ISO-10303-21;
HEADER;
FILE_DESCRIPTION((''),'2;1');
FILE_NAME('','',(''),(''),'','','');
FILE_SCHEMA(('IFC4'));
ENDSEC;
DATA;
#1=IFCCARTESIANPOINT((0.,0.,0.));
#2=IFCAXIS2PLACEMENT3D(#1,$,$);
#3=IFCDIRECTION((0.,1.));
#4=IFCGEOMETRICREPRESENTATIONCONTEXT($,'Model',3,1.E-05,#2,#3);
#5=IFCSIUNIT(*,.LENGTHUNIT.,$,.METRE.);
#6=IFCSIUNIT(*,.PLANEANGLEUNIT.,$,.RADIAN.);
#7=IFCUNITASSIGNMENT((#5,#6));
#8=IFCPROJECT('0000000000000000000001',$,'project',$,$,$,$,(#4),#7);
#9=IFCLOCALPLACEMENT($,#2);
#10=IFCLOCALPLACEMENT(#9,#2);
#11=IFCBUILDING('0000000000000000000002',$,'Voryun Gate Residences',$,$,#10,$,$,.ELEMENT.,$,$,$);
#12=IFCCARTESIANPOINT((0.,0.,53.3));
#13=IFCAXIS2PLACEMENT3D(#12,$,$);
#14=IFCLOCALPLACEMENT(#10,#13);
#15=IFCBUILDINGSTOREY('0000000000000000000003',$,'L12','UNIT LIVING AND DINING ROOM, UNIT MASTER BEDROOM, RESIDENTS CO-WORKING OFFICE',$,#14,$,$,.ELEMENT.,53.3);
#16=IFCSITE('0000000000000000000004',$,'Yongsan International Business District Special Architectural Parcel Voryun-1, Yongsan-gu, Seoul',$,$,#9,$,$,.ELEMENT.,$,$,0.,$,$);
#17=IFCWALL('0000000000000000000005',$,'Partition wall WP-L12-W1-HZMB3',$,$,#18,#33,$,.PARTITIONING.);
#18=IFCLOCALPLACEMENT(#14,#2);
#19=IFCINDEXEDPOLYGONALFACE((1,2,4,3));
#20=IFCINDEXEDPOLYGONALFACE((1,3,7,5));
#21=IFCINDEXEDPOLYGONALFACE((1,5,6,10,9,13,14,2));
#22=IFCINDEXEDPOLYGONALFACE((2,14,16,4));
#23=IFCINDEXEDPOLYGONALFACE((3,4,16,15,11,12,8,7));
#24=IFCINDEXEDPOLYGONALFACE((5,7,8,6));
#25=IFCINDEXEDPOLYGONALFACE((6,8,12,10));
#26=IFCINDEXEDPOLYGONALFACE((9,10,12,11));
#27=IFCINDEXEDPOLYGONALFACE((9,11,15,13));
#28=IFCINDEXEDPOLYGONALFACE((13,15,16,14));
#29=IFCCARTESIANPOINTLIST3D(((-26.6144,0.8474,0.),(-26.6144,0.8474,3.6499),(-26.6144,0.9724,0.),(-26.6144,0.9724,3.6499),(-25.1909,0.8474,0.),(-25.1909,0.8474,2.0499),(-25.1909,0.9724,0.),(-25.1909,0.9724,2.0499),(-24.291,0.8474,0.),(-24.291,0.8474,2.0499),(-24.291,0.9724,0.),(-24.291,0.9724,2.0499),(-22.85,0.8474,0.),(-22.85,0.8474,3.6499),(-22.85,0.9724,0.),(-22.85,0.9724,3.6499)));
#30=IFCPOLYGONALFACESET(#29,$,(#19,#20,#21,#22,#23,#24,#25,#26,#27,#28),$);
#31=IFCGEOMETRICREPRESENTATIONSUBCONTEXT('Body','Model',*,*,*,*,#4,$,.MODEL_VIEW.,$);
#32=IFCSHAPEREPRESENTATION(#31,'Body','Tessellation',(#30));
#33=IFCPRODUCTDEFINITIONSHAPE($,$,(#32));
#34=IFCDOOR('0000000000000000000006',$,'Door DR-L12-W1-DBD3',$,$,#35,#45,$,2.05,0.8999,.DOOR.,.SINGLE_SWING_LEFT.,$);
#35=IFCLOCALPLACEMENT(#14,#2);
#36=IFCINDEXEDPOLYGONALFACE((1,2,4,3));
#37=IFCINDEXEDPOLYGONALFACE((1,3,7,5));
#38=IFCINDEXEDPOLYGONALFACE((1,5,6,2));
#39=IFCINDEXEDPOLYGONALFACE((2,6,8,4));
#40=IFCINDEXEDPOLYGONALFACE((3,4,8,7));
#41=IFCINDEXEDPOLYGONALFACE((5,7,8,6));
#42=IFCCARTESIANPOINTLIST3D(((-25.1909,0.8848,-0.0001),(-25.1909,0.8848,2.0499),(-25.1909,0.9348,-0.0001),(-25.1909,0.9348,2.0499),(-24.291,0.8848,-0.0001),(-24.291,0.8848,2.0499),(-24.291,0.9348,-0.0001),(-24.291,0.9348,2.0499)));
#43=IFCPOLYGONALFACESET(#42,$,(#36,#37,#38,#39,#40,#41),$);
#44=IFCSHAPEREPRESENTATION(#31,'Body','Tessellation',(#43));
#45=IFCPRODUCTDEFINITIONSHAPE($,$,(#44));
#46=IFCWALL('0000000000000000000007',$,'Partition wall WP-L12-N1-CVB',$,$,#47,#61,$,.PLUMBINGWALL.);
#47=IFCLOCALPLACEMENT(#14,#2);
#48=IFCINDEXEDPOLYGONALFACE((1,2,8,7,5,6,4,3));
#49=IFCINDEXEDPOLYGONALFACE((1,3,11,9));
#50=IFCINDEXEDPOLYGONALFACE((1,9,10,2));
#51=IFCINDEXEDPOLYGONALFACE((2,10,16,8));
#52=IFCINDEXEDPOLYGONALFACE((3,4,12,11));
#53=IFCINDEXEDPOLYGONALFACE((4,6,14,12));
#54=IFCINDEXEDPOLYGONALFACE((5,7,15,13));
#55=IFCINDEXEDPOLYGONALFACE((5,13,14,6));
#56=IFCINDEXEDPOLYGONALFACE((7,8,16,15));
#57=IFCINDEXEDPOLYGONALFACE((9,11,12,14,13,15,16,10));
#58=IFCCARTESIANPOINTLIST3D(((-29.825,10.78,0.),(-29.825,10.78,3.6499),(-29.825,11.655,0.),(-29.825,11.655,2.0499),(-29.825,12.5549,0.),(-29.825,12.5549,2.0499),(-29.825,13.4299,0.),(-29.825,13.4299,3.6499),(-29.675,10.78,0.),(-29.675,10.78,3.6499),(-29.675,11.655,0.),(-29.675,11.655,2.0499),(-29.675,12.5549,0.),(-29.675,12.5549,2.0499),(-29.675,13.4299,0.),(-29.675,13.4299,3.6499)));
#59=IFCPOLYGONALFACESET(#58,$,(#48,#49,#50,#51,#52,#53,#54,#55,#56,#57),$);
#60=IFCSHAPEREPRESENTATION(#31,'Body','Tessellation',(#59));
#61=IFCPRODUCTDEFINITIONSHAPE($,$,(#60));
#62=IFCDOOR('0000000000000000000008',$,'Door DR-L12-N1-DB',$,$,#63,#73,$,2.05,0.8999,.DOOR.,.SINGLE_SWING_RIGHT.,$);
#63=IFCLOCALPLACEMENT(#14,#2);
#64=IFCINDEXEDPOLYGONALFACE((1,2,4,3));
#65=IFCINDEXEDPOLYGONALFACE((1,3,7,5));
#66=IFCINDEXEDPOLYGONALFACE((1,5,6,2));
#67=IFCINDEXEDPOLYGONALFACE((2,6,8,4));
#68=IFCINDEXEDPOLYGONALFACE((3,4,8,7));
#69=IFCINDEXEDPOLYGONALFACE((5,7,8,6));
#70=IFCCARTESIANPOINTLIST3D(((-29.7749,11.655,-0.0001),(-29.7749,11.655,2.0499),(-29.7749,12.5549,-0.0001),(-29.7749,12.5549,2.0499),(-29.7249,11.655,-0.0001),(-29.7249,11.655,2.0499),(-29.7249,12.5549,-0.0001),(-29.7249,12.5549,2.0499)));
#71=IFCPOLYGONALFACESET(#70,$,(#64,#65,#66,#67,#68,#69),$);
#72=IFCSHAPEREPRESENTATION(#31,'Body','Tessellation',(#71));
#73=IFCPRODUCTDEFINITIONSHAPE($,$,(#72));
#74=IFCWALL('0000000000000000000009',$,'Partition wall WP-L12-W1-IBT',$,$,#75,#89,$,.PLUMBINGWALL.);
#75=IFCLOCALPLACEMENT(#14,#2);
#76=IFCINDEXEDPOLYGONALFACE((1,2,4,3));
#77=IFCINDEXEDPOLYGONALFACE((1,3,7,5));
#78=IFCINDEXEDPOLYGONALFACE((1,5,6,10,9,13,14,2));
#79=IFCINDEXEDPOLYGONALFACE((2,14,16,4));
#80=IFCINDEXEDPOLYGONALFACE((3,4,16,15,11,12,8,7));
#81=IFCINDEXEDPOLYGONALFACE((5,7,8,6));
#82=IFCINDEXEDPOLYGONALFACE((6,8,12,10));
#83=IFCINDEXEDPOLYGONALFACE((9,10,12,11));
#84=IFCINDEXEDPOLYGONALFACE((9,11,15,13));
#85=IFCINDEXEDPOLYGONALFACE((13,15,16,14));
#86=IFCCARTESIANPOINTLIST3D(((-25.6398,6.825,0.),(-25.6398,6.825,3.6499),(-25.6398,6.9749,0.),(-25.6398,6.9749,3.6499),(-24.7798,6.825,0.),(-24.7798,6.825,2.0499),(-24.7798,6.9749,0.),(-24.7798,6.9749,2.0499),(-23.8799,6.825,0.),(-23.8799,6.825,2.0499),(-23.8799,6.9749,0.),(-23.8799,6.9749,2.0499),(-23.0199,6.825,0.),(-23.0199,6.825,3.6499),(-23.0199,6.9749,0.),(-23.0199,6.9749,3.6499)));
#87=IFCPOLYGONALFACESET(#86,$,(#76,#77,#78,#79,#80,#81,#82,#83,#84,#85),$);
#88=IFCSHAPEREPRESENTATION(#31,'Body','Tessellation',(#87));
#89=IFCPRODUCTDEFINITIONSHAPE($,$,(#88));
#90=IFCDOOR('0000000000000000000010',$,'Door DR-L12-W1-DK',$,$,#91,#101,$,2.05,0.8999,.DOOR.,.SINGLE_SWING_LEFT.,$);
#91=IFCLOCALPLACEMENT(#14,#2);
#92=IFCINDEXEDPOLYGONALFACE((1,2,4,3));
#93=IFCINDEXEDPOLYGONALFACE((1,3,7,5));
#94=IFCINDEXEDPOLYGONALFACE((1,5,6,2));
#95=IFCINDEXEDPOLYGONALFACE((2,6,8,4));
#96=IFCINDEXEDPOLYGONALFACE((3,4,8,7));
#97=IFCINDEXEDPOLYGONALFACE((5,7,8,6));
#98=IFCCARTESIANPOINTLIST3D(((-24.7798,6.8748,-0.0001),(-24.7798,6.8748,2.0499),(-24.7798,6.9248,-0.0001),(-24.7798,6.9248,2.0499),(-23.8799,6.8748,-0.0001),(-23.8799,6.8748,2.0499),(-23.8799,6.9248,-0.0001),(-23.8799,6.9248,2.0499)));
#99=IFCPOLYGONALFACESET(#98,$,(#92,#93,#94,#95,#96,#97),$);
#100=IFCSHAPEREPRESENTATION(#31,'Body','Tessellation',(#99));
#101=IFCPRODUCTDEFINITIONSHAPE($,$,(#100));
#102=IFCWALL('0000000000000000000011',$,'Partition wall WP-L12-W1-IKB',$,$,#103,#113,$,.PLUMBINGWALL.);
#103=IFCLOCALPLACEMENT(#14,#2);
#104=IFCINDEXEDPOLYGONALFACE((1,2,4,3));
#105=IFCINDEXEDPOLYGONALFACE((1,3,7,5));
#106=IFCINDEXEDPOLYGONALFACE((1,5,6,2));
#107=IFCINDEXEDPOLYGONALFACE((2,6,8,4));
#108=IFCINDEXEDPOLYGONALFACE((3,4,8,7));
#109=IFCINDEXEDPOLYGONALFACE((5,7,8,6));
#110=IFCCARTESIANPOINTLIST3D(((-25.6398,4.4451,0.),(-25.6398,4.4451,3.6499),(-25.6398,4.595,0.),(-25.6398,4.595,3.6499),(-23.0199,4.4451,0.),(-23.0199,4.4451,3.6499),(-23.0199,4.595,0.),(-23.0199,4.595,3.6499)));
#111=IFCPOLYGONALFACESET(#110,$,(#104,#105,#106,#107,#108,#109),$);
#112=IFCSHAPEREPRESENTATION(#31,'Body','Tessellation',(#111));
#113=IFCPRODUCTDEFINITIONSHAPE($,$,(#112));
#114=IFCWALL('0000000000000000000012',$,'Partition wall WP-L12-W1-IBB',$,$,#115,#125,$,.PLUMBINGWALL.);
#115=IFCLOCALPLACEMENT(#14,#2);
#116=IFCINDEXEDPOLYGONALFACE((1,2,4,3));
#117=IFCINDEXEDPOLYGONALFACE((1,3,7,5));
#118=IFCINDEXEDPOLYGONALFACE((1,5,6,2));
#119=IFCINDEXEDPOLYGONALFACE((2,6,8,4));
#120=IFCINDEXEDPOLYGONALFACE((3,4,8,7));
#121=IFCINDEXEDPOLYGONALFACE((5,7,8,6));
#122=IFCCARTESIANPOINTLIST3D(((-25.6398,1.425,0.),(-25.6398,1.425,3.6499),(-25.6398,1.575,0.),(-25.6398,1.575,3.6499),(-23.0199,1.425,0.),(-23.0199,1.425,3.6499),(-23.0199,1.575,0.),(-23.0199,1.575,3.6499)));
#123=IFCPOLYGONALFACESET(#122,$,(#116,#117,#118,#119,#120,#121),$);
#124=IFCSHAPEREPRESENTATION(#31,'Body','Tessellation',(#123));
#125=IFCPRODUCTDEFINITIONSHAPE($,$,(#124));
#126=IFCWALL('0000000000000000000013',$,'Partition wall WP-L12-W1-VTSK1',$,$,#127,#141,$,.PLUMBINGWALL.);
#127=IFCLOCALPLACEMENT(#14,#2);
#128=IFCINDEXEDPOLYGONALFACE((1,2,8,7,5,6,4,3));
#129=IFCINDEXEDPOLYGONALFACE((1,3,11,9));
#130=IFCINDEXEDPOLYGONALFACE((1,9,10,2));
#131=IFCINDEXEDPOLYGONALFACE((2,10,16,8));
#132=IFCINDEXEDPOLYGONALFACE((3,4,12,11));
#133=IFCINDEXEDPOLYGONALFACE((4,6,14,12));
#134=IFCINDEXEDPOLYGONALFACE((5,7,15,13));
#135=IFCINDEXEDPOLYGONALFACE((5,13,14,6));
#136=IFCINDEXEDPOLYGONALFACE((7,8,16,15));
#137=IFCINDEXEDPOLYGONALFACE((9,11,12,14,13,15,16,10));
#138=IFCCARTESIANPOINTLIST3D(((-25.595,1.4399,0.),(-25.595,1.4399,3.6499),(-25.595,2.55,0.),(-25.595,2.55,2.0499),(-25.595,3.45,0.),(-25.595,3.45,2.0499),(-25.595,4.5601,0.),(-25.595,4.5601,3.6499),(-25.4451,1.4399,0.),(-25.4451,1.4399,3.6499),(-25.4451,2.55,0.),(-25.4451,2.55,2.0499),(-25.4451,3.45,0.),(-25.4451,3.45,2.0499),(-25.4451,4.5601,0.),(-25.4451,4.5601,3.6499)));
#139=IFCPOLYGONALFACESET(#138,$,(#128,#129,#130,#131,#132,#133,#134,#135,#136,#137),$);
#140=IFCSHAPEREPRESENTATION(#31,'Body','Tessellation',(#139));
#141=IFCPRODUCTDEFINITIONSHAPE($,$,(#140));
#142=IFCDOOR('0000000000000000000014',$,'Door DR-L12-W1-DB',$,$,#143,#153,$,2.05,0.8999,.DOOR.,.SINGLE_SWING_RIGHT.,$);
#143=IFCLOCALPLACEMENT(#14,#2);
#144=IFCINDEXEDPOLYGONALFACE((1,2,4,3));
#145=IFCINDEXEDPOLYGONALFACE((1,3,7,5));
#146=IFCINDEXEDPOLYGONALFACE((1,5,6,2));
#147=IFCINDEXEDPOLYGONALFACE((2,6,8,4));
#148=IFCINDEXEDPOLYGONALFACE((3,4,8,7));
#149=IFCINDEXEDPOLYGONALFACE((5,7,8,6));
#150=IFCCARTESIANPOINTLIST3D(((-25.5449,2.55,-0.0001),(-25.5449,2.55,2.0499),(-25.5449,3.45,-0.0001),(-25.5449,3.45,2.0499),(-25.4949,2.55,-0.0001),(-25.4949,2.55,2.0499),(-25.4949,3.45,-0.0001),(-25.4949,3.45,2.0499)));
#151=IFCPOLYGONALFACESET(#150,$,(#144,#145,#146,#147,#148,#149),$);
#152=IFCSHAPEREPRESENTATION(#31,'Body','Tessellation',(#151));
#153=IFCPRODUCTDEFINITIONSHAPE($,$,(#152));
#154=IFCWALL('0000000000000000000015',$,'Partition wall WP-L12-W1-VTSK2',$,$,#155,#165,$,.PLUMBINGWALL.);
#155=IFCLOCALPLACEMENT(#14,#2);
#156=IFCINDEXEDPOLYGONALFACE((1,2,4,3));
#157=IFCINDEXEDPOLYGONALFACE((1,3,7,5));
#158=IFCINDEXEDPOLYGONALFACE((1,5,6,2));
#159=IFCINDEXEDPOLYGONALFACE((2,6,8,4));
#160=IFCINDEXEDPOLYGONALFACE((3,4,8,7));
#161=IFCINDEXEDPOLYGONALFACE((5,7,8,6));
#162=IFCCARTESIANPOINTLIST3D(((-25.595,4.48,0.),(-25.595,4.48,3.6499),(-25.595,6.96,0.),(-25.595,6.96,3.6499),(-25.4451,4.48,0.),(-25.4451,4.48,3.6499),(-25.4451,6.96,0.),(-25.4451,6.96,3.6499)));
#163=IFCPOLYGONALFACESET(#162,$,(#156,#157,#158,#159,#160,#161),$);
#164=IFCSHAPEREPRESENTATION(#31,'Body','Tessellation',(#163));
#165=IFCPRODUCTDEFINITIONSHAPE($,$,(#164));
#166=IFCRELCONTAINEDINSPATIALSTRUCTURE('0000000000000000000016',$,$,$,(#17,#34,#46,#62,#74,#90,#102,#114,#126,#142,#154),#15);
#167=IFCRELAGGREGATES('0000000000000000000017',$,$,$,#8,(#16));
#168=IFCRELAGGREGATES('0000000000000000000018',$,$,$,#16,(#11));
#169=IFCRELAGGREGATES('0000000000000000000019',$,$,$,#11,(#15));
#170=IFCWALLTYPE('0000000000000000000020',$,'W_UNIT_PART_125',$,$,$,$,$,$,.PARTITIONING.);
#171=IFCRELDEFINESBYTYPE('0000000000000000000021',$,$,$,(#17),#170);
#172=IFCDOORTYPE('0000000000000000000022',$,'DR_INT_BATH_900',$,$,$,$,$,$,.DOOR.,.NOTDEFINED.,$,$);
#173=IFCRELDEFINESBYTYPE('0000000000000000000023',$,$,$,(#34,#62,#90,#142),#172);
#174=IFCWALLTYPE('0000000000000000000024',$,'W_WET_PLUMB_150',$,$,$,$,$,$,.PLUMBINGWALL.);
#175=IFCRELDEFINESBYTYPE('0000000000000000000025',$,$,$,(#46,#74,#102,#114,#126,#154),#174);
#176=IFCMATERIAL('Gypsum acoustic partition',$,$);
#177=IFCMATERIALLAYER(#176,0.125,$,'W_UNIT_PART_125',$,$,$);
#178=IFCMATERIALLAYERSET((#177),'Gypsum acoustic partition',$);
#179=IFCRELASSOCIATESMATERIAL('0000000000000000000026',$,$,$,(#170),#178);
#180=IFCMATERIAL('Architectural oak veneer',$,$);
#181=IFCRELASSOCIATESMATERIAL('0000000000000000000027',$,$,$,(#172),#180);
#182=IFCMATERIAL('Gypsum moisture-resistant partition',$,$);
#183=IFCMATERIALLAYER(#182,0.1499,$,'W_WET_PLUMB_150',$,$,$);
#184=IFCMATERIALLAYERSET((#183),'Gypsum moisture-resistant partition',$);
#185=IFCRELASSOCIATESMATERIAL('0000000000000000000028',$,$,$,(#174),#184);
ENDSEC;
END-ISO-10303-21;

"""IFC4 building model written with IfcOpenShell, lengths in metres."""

from ifc_helpers import new_model, si_unit, direction, frame, frame_2d, origin, place, context, subcontext, project, spatial, rectangle, extrude, material, layer, layer_set, type_object, element, fill, save


model = new_model("IFC4")

# Units and contexts
model_context = context("Model", 3, precision=1e-05, world=origin(), true_north=direction((0.0, 1.0)))
body_context = subcontext(model_context, "Body", "Model", "MODEL_VIEW")
ifc_project = project(units=[si_unit("LENGTHUNIT", "METRE"), si_unit("PLANEANGLEUNIT", "RADIAN")], contexts=[model_context])

# Site, building, storey
site_placement = place(None, origin())
site = spatial("IfcSite", under=ifc_project, at=site_placement, Name="Yongsan International Business District Special Architectural Parcel Voryun-1, Yongsan-gu, Seoul", CompositionType="ELEMENT", RefElevation=0.0)
building_placement = place(site_placement, origin())
building = spatial("IfcBuilding", under=site, at=building_placement, Name="Voryun Gate Residences", CompositionType="ELEMENT")
storey_placement = place(building_placement, frame((0.0, 0.0, 53.3)))
storey = spatial("IfcBuildingStorey", under=building, at=storey_placement, Name="L12", Description="UNIT LIVING AND DINING ROOM, UNIT MASTER BEDROOM, RESIDENTS CO-WORKING OFFICE", CompositionType="ELEMENT", Elevation=53.3)

# Walls, openings, doors
ifc_material_1 = material(Name="Gypsum acoustic partition")
ifc_layer_1 = layer(ifc_material_1, 0.125, Name="W_UNIT_PART_125")
ifc_layer_set_1 = layer_set([ifc_layer_1], Name="Gypsum acoustic partition")
wall_type_1 = type_object("IfcWallType", Name="W_UNIT_PART_125", PredefinedType="PARTITIONING", material=ifc_layer_set_1)
ifc_material_2 = material(Name="Architectural oak veneer")
door_type_1 = type_object("IfcDoorType", Name="DR_INT_BATH_900", OperationType="NOTDEFINED", PredefinedType="DOOR", material=ifc_material_2)
wall_1_placement = place(storey_placement, frame((-26.6145, 0.9099, 0.0), z_axis=(0.0, 0.0, 1.0), x_axis=(1.0, 0.0, 0.0)))
wall_1 = element("IfcWall", 1, at=wall_1_placement, inside=storey, type_object=wall_type_1, Name="Partition wall WP-L12-W1-HZMB3", PredefinedType="PARTITIONING", context=body_context, shape_type="SweptSolid", body=[
    extrude(rectangle(XDim=3.7644, YDim=0.125, at=frame_2d((1.8823, 0.0))), origin(), (0.0, 0.0, 1.0), 3.6499),
])
opening_1_placement = place(wall_1_placement, frame((1.4236, 0.0, 0.0)))
opening_1 = element("IfcOpeningElement", 2, at=opening_1_placement, cuts=wall_1, PredefinedType="OPENING", context=body_context, shape_type="SweptSolid", body=[
    extrude(rectangle(XDim=0.8999, YDim=2.05, at=frame_2d((0.45, 1.0249))), frame((0.0, 0.0725, 0.0), z_axis=(0.0, -1.0, 0.0), x_axis=(1.0, 0.0, 0.0)), (0.0, 0.0, 1.0), 0.145),
])
door_1_placement = place(opening_1_placement, origin())
door_1 = element("IfcDoor", 3, at=door_1_placement, inside=storey, type_object=door_type_1, Name="Door DR-L12-W1-DBD3", OperationType="SINGLE_SWING_LEFT", OverallHeight=2.05, OverallWidth=0.8999, PredefinedType="DOOR", context=body_context, shape_type="SweptSolid", body=[
    extrude(rectangle(XDim=0.8999, YDim=2.05, at=frame_2d((0.45, 1.0249))), frame((0.0, 0.0249, 0.0), z_axis=(0.0, -1.0, 0.0), x_axis=(1.0, 0.0, 0.0)), (0.0, 0.0, 1.0), 0.05),
])
fill(opening_1, door_1)
ifc_material_3 = material(Name="Gypsum moisture-resistant partition")
ifc_layer_2 = layer(ifc_material_3, 0.1499, Name="W_WET_PLUMB_150")
ifc_layer_set_2 = layer_set([ifc_layer_2], Name="Gypsum moisture-resistant partition")
wall_type_2 = type_object("IfcWallType", Name="W_WET_PLUMB_150", PredefinedType="PLUMBINGWALL", material=ifc_layer_set_2)
wall_2_placement = place(storey_placement, frame((-29.75, 10.78, 0.0), z_axis=(0.0, 0.0, 1.0), x_axis=(0.0, 1.0, 0.0)))
wall_2 = element("IfcWall", 4, at=wall_2_placement, inside=storey, type_object=wall_type_2, Name="Partition wall WP-L12-N1-CVB", PredefinedType="PLUMBINGWALL", context=body_context, shape_type="SweptSolid", body=[
    extrude(rectangle(XDim=2.6499, YDim=0.1499, at=frame_2d((1.325, 0.0))), origin(), (0.0, 0.0, 1.0), 3.6499),
])
opening_2_placement = place(wall_2_placement, frame((0.875, 0.0, 0.0)))
opening_2 = element("IfcOpeningElement", 5, at=opening_2_placement, cuts=wall_2, PredefinedType="OPENING", context=body_context, shape_type="SweptSolid", body=[
    extrude(rectangle(XDim=0.8999, YDim=2.05, at=frame_2d((0.45, 1.0249))), frame((0.0, 0.085, 0.0), z_axis=(0.0, -1.0, 0.0), x_axis=(1.0, 0.0, 0.0)), (0.0, 0.0, 1.0), 0.1699),
])
door_2_placement = place(opening_2_placement, origin())
door_2 = element("IfcDoor", 6, at=door_2_placement, inside=storey, type_object=door_type_1, Name="Door DR-L12-N1-DB", OperationType="SINGLE_SWING_RIGHT", OverallHeight=2.05, OverallWidth=0.8999, PredefinedType="DOOR", context=body_context, shape_type="SweptSolid", body=[
    extrude(rectangle(XDim=0.8999, YDim=2.05, at=frame_2d((0.45, 1.0249))), frame((0.0, 0.0249, 0.0), z_axis=(0.0, -1.0, 0.0), x_axis=(1.0, 0.0, 0.0)), (0.0, 0.0, 1.0), 0.05),
])
fill(opening_2, door_2)
wall_3_placement = place(storey_placement, frame((-25.6399, 6.8999, 0.0), z_axis=(0.0, 0.0, 1.0), x_axis=(1.0, 0.0, 0.0)))
wall_3 = element("IfcWall", 7, at=wall_3_placement, inside=storey, type_object=wall_type_2, Name="Partition wall WP-L12-W1-IBT", PredefinedType="PLUMBINGWALL", context=body_context, shape_type="SweptSolid", body=[
    extrude(rectangle(XDim=2.6199, YDim=0.1499, at=frame_2d((1.3101, 0.0))), origin(), (0.0, 0.0, 1.0), 3.6499),
])
opening_3_placement = place(wall_3_placement, frame((0.8601, 0.0, 0.0)))
opening_3 = element("IfcOpeningElement", 8, at=opening_3_placement, cuts=wall_3, PredefinedType="OPENING", context=body_context, shape_type="SweptSolid", body=[
    extrude(rectangle(XDim=0.8999, YDim=2.05, at=frame_2d((0.45, 1.0249))), frame((0.0, 0.085, 0.0), z_axis=(0.0, -1.0, 0.0), x_axis=(1.0, 0.0, 0.0)), (0.0, 0.0, 1.0), 0.1699),
])
door_3_placement = place(opening_3_placement, origin())
door_3 = element("IfcDoor", 9, at=door_3_placement, inside=storey, type_object=door_type_1, Name="Door DR-L12-W1-DK", OperationType="SINGLE_SWING_LEFT", OverallHeight=2.05, OverallWidth=0.8999, PredefinedType="DOOR", context=body_context, shape_type="SweptSolid", body=[
    extrude(rectangle(XDim=0.8999, YDim=2.05, at=frame_2d((0.45, 1.0249))), frame((0.0, 0.0249, 0.0), z_axis=(0.0, -1.0, 0.0), x_axis=(1.0, 0.0, 0.0)), (0.0, 0.0, 1.0), 0.05),
])
fill(opening_3, door_3)

# Walls
for number, where, z_axis, x_axis, name in (
    (10, (-25.6399, 4.52, 0.0), (0.0, 0.0, 1.0), (1.0, 0.0, 0.0), "Partition wall WP-L12-W1-IKB"),
    (11, (-25.6399, 1.5, 0.0), (0.0, 0.0, 1.0), (1.0, 0.0, 0.0), "Partition wall WP-L12-W1-IBB"),
):
    element("IfcWall", number, at=place(storey_placement, frame(where, z_axis=z_axis, x_axis=x_axis)), inside=storey, type_object=wall_type_2, Name=name, PredefinedType="PLUMBINGWALL", context=body_context, shape_type="SweptSolid", body=[
        extrude(rectangle(XDim=2.6199, YDim=0.1499, at=frame_2d((1.3101, 0.0))), origin(), (0.0, 0.0, 1.0), 3.6499),
    ])

# Wall, opening, door
wall_4_placement = place(storey_placement, frame((-25.52, 1.4399, 0.0), z_axis=(0.0, 0.0, 1.0), x_axis=(0.0, 1.0, 0.0)))
wall_4 = element("IfcWall", 12, at=wall_4_placement, inside=storey, type_object=wall_type_2, Name="Partition wall WP-L12-W1-VTSK1", PredefinedType="PLUMBINGWALL", context=body_context, shape_type="SweptSolid", body=[
    extrude(rectangle(XDim=3.1201, YDim=0.1499, at=frame_2d((1.5601, 0.0))), origin(), (0.0, 0.0, 1.0), 3.6499),
])
opening_4_placement = place(wall_4_placement, frame((1.1101, 0.0, 0.0)))
opening_4 = element("IfcOpeningElement", 13, at=opening_4_placement, cuts=wall_4, PredefinedType="OPENING", context=body_context, shape_type="SweptSolid", body=[
    extrude(rectangle(XDim=0.8999, YDim=2.05, at=frame_2d((0.45, 1.0249))), frame((0.0, 0.085, 0.0), z_axis=(0.0, -1.0, 0.0), x_axis=(1.0, 0.0, 0.0)), (0.0, 0.0, 1.0), 0.1699),
])
door_4_placement = place(opening_4_placement, origin())
door_4 = element("IfcDoor", 14, at=door_4_placement, inside=storey, type_object=door_type_1, Name="Door DR-L12-W1-DB", OperationType="SINGLE_SWING_RIGHT", OverallHeight=2.05, OverallWidth=0.8999, PredefinedType="DOOR", context=body_context, shape_type="SweptSolid", body=[
    extrude(rectangle(XDim=0.8999, YDim=2.05, at=frame_2d((0.45, 1.0249))), frame((0.0, 0.0249, 0.0), z_axis=(0.0, -1.0, 0.0), x_axis=(1.0, 0.0, 0.0)), (0.0, 0.0, 1.0), 0.05),
])
fill(opening_4, door_4)

# Wall
wall_5_placement = place(storey_placement, frame((-25.52, 4.48, 0.0), z_axis=(0.0, 0.0, 1.0), x_axis=(0.0, 1.0, 0.0)))
element("IfcWall", 15, at=wall_5_placement, inside=storey, type_object=wall_type_2, Name="Partition wall WP-L12-W1-VTSK2", PredefinedType="PLUMBINGWALL", context=body_context, shape_type="SweptSolid", body=[
    extrude(rectangle(XDim=2.48, YDim=0.1499, at=frame_2d((1.24, 0.0))), origin(), (0.0, 0.0, 1.0), 3.6499),
])

save(model, "model.ifc")
